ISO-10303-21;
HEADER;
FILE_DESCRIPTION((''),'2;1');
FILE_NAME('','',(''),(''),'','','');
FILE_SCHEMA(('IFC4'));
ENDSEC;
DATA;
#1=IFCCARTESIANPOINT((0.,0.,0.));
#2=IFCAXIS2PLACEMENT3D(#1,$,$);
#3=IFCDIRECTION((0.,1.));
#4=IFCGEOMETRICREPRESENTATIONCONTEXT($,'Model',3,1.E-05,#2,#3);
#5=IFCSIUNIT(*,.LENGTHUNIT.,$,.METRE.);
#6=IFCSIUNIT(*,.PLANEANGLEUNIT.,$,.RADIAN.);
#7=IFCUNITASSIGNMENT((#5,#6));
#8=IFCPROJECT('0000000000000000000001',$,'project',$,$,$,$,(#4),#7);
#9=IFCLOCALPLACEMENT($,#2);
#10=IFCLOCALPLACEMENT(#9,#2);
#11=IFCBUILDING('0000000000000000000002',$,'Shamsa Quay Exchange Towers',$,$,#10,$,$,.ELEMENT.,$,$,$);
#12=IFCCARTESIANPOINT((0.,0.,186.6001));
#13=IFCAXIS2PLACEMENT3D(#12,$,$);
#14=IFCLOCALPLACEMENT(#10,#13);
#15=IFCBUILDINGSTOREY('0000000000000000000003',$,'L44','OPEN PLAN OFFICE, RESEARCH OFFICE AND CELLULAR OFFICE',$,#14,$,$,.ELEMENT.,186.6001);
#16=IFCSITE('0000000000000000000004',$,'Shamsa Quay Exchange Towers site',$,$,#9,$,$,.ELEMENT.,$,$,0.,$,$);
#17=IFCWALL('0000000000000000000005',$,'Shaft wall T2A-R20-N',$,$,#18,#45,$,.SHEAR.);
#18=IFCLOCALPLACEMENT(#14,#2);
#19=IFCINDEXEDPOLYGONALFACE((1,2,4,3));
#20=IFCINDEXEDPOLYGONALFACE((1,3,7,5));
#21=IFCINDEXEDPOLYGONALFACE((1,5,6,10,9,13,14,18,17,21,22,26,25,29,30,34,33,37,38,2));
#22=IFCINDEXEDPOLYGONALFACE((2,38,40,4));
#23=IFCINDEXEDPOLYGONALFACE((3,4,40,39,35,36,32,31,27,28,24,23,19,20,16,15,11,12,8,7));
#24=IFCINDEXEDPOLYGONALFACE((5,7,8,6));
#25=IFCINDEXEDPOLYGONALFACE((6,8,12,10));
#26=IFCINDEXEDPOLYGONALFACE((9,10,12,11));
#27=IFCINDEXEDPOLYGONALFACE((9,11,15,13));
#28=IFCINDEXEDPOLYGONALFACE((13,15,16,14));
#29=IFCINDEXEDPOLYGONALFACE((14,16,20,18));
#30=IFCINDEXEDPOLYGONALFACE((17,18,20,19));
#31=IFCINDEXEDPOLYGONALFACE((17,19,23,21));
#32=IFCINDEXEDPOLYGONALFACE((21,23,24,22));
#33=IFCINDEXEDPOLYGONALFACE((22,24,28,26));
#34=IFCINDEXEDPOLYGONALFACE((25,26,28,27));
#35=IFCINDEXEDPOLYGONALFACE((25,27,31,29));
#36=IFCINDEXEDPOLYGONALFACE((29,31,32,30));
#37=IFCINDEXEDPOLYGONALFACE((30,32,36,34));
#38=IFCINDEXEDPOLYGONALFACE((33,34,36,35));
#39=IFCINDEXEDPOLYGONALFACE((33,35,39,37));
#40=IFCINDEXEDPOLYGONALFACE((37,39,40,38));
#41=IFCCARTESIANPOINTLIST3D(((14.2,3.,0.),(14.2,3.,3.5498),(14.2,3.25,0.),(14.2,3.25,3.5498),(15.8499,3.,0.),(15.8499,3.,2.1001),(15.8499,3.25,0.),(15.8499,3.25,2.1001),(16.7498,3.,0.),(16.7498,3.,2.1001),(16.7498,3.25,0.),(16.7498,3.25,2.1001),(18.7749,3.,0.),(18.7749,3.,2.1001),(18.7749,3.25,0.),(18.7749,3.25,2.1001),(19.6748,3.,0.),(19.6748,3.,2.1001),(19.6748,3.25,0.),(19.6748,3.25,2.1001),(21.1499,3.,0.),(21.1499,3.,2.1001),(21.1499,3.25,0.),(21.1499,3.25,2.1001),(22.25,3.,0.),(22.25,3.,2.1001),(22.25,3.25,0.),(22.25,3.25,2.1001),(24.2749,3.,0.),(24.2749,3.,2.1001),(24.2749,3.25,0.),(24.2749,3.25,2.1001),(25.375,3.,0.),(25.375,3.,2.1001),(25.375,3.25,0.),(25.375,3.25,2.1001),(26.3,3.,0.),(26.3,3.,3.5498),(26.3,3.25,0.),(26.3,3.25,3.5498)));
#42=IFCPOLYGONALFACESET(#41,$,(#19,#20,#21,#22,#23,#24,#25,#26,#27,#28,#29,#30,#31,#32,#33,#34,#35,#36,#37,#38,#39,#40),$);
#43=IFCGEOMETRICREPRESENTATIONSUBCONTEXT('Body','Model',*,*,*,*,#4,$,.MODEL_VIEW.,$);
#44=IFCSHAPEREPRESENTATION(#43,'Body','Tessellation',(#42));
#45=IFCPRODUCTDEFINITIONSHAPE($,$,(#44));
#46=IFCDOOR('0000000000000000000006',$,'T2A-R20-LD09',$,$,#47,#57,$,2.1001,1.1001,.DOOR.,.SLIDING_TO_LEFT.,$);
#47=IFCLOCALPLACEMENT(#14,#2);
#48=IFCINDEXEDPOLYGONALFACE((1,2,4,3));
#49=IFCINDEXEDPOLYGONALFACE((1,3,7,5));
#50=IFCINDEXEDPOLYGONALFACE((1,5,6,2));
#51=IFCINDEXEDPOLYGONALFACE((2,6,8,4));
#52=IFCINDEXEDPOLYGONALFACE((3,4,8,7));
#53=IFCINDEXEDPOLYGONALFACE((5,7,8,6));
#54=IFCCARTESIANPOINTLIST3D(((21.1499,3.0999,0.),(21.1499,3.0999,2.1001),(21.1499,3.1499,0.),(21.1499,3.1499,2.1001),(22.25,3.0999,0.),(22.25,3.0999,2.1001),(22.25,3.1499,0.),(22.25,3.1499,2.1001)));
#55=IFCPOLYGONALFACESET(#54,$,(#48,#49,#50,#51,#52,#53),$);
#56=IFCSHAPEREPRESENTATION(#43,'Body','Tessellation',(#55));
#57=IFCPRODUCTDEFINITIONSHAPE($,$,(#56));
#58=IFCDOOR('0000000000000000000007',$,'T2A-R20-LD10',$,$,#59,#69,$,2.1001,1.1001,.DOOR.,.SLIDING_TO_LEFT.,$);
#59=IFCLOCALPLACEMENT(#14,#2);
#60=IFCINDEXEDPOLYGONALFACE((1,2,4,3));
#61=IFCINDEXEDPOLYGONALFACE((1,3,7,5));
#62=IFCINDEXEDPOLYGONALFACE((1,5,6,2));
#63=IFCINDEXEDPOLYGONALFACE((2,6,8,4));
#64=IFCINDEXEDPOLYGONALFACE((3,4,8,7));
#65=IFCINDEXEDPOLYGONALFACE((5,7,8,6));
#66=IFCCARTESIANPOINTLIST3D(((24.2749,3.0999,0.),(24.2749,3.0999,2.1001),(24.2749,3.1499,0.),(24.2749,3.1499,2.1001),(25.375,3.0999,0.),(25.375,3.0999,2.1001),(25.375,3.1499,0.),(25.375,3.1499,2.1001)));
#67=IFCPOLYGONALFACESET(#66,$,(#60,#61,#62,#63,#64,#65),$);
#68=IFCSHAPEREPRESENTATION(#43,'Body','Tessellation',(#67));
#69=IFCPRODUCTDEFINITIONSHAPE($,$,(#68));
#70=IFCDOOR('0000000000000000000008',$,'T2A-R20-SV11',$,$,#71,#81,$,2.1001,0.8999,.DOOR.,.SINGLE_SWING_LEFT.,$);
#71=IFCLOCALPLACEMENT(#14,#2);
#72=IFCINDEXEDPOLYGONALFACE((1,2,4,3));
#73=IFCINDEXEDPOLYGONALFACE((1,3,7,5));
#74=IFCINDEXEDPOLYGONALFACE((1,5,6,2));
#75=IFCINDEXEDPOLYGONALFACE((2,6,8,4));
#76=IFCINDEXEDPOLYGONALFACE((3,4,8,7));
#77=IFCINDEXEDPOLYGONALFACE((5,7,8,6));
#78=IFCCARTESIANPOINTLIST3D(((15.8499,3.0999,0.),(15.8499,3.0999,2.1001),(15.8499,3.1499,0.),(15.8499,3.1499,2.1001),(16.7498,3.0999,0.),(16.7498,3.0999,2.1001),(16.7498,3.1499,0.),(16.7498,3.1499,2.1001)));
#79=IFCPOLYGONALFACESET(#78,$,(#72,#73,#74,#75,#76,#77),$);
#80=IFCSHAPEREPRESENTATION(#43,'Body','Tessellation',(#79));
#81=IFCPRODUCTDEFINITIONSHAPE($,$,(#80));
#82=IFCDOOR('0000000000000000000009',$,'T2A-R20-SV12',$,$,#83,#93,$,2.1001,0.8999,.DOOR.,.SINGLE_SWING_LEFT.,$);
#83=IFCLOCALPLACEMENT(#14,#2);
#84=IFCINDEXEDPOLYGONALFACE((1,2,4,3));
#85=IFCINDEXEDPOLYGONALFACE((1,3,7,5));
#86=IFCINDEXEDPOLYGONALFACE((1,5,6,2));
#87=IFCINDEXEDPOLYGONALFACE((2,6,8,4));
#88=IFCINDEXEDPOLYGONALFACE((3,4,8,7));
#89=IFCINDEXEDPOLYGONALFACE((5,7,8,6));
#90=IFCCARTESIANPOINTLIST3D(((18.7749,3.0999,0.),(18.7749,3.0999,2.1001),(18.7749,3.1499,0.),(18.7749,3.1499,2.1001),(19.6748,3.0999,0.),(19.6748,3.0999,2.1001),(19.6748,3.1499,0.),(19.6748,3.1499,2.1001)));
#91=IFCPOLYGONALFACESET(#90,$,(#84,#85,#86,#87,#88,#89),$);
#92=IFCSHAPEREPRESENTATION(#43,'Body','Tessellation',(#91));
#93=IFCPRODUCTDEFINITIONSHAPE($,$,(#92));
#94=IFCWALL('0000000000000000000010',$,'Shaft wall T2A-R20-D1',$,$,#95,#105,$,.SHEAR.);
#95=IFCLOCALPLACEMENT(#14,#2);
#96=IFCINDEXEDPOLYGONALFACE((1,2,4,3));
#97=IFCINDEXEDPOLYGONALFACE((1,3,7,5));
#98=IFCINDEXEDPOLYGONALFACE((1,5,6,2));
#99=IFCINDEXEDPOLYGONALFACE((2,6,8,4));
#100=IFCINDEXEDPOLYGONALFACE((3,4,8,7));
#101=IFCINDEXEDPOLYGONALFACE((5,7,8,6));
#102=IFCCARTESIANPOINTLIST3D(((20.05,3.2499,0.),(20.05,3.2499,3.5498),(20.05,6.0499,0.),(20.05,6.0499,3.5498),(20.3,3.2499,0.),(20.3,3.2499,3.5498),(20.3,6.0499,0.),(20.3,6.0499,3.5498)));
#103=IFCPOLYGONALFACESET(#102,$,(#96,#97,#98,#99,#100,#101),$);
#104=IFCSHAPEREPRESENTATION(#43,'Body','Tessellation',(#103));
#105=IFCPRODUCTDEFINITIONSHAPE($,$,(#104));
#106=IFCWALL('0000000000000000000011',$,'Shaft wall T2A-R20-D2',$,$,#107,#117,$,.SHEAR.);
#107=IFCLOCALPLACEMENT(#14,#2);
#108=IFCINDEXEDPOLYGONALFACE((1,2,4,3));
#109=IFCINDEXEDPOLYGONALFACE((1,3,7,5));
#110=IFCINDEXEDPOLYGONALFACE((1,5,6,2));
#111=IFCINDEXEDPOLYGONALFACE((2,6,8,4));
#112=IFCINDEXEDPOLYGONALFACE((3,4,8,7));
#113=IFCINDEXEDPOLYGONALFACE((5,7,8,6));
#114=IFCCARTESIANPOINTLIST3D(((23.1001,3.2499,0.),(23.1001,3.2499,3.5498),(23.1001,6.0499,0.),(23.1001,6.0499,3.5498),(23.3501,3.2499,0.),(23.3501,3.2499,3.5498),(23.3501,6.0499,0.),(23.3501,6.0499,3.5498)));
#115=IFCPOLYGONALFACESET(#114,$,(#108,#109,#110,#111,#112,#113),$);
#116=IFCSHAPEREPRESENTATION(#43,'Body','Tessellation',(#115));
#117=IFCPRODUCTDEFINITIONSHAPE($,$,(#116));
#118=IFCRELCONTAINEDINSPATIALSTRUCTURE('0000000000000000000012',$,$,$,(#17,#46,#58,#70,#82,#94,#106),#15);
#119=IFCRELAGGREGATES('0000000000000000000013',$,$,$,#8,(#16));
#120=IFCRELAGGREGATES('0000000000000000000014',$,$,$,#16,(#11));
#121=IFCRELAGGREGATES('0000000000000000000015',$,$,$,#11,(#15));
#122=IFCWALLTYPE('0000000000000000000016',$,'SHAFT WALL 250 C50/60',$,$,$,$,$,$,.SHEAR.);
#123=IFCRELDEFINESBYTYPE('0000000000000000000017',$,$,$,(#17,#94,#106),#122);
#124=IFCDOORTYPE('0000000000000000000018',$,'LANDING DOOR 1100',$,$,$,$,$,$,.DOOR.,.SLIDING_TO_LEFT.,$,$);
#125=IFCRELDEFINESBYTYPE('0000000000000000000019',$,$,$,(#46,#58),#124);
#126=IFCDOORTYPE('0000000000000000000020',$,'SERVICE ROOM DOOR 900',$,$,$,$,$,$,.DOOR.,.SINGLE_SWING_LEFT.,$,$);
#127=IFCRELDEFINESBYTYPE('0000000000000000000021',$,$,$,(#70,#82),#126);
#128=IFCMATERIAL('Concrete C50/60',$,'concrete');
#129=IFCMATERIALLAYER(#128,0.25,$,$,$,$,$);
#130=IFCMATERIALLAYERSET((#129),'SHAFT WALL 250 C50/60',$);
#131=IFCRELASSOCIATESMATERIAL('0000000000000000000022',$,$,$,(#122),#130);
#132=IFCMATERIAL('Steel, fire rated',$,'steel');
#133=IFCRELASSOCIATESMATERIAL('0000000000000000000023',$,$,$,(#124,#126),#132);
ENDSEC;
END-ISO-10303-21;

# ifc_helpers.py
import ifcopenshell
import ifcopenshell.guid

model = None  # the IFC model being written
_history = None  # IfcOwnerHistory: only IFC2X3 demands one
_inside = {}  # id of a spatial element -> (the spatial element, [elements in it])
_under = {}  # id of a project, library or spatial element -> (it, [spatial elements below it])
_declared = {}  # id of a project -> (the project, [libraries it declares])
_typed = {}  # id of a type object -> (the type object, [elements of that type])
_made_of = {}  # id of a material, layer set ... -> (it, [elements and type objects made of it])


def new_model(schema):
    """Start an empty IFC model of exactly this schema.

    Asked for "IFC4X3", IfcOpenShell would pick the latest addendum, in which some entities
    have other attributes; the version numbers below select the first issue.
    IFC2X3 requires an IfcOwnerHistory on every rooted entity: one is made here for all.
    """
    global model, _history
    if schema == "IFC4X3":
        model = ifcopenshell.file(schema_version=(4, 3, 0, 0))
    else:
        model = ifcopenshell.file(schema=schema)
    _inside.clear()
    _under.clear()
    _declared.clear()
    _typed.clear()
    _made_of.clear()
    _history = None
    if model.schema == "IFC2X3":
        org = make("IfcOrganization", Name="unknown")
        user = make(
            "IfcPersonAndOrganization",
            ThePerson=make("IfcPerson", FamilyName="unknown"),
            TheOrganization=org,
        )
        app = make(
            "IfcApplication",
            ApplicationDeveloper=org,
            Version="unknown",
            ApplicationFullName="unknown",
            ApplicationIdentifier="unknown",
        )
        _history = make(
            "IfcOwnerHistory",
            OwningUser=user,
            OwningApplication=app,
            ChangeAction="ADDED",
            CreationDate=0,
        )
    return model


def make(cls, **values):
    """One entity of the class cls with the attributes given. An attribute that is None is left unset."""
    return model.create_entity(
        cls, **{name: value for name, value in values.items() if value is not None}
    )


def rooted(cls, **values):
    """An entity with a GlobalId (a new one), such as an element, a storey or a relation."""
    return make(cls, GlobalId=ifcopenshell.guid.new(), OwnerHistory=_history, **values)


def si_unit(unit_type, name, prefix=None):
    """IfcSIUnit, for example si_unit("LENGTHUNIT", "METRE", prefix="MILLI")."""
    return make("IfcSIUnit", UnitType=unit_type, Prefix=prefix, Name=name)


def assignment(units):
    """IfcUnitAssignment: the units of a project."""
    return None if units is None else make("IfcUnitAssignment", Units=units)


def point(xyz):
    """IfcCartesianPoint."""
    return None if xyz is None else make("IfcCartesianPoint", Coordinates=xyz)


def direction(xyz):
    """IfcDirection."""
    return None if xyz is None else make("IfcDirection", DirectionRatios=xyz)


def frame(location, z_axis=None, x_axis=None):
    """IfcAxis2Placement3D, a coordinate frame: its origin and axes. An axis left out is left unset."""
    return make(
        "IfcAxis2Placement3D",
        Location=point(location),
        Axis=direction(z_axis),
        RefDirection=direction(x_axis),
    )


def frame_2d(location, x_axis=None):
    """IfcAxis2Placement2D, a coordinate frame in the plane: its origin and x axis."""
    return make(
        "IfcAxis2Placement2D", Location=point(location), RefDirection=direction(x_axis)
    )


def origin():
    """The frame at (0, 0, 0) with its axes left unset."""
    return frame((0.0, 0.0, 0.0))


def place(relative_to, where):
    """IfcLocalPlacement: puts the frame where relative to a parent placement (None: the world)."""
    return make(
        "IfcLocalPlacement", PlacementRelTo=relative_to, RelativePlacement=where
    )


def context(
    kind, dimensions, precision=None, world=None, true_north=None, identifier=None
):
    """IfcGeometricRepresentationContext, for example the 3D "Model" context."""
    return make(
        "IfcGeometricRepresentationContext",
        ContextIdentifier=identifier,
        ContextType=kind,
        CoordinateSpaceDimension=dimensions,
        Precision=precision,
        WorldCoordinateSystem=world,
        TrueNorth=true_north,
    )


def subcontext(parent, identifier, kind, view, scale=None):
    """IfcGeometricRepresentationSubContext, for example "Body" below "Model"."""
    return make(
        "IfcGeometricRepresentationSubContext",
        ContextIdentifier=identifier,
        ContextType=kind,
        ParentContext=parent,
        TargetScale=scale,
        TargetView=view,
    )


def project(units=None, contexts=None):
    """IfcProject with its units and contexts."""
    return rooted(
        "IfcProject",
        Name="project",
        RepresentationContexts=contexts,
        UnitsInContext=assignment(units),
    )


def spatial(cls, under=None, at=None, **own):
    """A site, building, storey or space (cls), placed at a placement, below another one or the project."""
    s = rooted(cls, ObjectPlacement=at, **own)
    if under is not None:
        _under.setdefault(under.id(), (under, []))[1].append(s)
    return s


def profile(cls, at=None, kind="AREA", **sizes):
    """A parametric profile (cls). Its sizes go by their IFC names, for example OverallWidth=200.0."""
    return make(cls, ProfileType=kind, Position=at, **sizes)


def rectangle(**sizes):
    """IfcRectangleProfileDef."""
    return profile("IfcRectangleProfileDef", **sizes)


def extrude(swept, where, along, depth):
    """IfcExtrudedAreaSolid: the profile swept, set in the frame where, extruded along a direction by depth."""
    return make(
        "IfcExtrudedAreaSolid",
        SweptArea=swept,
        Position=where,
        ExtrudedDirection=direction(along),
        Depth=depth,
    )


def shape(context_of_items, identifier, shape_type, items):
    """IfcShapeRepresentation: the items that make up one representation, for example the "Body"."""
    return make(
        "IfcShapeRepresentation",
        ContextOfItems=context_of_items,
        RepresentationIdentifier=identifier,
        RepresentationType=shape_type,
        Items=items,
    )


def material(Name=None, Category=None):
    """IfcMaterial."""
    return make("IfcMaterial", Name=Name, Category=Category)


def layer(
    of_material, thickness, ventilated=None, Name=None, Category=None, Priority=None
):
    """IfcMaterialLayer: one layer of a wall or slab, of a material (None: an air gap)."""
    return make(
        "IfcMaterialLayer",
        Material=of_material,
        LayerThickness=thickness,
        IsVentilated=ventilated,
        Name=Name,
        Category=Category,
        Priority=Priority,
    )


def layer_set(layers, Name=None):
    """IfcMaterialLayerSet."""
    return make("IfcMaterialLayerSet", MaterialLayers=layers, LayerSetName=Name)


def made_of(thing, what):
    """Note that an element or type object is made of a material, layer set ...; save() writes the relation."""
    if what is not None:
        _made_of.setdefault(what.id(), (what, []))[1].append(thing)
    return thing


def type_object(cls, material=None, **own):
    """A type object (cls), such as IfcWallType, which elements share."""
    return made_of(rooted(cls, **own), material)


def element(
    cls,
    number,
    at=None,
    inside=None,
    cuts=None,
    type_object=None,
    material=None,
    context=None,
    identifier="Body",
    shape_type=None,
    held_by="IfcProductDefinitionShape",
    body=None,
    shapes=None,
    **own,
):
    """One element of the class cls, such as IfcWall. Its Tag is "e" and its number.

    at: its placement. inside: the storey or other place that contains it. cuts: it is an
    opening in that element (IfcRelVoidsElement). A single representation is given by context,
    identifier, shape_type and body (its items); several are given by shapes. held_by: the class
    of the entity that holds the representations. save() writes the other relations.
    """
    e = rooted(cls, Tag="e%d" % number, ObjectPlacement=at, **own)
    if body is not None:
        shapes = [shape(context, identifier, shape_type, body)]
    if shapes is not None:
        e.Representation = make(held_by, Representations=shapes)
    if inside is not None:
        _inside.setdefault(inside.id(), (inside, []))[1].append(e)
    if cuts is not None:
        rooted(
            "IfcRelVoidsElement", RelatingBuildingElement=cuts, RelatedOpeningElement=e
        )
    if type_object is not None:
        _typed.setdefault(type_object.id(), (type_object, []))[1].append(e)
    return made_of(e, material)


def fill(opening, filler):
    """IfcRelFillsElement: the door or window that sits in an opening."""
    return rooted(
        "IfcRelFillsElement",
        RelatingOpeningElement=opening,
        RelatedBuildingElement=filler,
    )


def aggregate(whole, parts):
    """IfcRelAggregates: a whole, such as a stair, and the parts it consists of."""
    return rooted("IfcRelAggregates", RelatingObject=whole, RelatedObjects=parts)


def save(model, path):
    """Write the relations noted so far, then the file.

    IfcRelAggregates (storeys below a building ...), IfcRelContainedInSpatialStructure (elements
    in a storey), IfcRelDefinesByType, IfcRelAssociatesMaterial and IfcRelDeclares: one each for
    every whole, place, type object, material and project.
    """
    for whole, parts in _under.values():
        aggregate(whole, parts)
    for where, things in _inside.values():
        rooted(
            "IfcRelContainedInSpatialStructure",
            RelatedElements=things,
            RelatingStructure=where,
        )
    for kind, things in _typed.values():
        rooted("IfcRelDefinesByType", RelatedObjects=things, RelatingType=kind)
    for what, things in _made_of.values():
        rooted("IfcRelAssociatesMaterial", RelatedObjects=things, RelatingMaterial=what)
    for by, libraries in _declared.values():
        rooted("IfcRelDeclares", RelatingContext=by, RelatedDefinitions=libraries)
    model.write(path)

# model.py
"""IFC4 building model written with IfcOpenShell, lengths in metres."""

from ifc_helpers import new_model, si_unit, direction, frame, frame_2d, origin, place, context, subcontext, project, spatial, rectangle, extrude, material, layer, layer_set, type_object, element, fill, save


model = new_model("IFC4")

# Units and contexts
model_context = context("Model", 3, precision=1e-05, world=origin(), true_north=direction((0.0, 1.0)))
body_context = subcontext(model_context, "Body", "Model", "MODEL_VIEW")
ifc_project = project(units=[si_unit("LENGTHUNIT", "METRE"), si_unit("PLANEANGLEUNIT", "RADIAN")], contexts=[model_context])

# Site, building, storey
site_placement = place(None, origin())
site = spatial("IfcSite", under=ifc_project, at=site_placement, Name="Shamsa Quay Exchange Towers site", CompositionType="ELEMENT", RefElevation=0.0)
building_placement = place(site_placement, origin())
building = spatial("IfcBuilding", under=site, at=building_placement, Name="Shamsa Quay Exchange Towers", CompositionType="ELEMENT")
storey_placement = place(building_placement, frame((0.0, 0.0, 186.6001)))
storey = spatial("IfcBuildingStorey", under=building, at=storey_placement, Name="L44", Description="OPEN PLAN OFFICE, RESEARCH OFFICE AND CELLULAR OFFICE", CompositionType="ELEMENT", Elevation=186.6001)

# Shared definitions
ifc_material_1 = material(Name="Concrete C50/60", Category="concrete")

# Shared definitions
ifc_material_2 = material(Name="Steel, fire rated", Category="steel")

# Wall, openings, doors
ifc_layer_1 = layer(ifc_material_1, 0.25)
ifc_layer_set_1 = layer_set([ifc_layer_1], Name="SHAFT WALL 250 C50/60")
wall_type_1 = type_object("IfcWallType", Name="SHAFT WALL 250 C50/60", PredefinedType="SHEAR", material=ifc_layer_set_1)
wall_1_placement = place(storey_placement, frame((14.2, 3.125, 0.0)))
wall_1 = element("IfcWall", 1, at=wall_1_placement, inside=storey, type_object=wall_type_1, Name="Shaft wall T2A-R20-N", PredefinedType="SHEAR", context=body_context, shape_type="SweptSolid", body=[
    extrude(rectangle(XDim=12.1001, YDim=0.25, at=frame_2d((6.05, 0.0))), origin(), (0.0, 0.0, 1.0), 3.5498),
])
opening_1_placement = place(wall_1_placement, frame((6.95, 0.0, 0.0)))
opening_1 = element("IfcOpeningElement", 2, at=opening_1_placement, cuts=wall_1, PredefinedType="OPENING", context=body_context, shape_type="SweptSolid", body=[
    extrude(rectangle(XDim=1.1001, YDim=2.1001, at=frame_2d((0.55, 1.05))), frame((0.0, 0.135, 0.0), z_axis=(0.0, -1.0, 0.0), x_axis=(1.0, 0.0, 0.0)), (0.0, 0.0, 1.0), 0.27),
])
opening_2_placement = place(wall_1_placement, frame((10.075, 0.0, 0.0)))
opening_2 = element("IfcOpeningElement", 3, at=opening_2_placement, cuts=wall_1, PredefinedType="OPENING", context=body_context, shape_type="SweptSolid", body=[
    extrude(rectangle(XDim=1.1001, YDim=2.1001, at=frame_2d((0.55, 1.05))), frame((0.0, 0.135, 0.0), z_axis=(0.0, -1.0, 0.0), x_axis=(1.0, 0.0, 0.0)), (0.0, 0.0, 1.0), 0.27),
])
opening_3_placement = place(wall_1_placement, frame((1.6499, 0.0, 0.0)))
opening_3 = element("IfcOpeningElement", 4, at=opening_3_placement, cuts=wall_1, PredefinedType="OPENING", context=body_context, shape_type="SweptSolid", body=[
    extrude(rectangle(XDim=0.8999, YDim=2.1001, at=frame_2d((0.45, 1.05))), frame((0.0, 0.135, 0.0), z_axis=(0.0, -1.0, 0.0), x_axis=(1.0, 0.0, 0.0)), (0.0, 0.0, 1.0), 0.27),
])
opening_4_placement = place(wall_1_placement, frame((4.575, 0.0, 0.0)))
opening_4 = element("IfcOpeningElement", 5, at=opening_4_placement, cuts=wall_1, PredefinedType="OPENING", context=body_context, shape_type="SweptSolid", body=[
    extrude(rectangle(XDim=0.8999, YDim=2.1001, at=frame_2d((0.45, 1.05))), frame((0.0, 0.135, 0.0), z_axis=(0.0, -1.0, 0.0), x_axis=(1.0, 0.0, 0.0)), (0.0, 0.0, 1.0), 0.27),
])
door_type_1 = type_object("IfcDoorType", Name="LANDING DOOR 1100", OperationType="SLIDING_TO_LEFT", PredefinedType="DOOR", material=ifc_material_2)
door_1_placement = place(opening_1_placement, origin())
door_1 = element("IfcDoor", 6, at=door_1_placement, inside=storey, type_object=door_type_1, Name="T2A-R20-LD09", OperationType="SLIDING_TO_LEFT", OverallHeight=2.1001, OverallWidth=1.1001, PredefinedType="DOOR", context=body_context, shape_type="SweptSolid", body=[
    extrude(rectangle(XDim=1.1001, YDim=2.1001, at=frame_2d((0.55, 1.05))), frame((0.0, 0.0249, 0.0), z_axis=(0.0, -1.0, 0.0), x_axis=(1.0, 0.0, 0.0)), (0.0, 0.0, 1.0), 0.05),
])
fill(opening_1, door_1)
door_2_placement = place(opening_2_placement, origin())
door_2 = element("IfcDoor", 7, at=door_2_placement, inside=storey, type_object=door_type_1, Name="T2A-R20-LD10", OperationType="SLIDING_TO_LEFT", OverallHeight=2.1001, OverallWidth=1.1001, PredefinedType="DOOR", context=body_context, shape_type="SweptSolid", body=[
    extrude(rectangle(XDim=1.1001, YDim=2.1001, at=frame_2d((0.55, 1.05))), frame((0.0, 0.0249, 0.0), z_axis=(0.0, -1.0, 0.0), x_axis=(1.0, 0.0, 0.0)), (0.0, 0.0, 1.0), 0.05),
])
fill(opening_2, door_2)
door_type_2 = type_object("IfcDoorType", Name="SERVICE ROOM DOOR 900", OperationType="SINGLE_SWING_LEFT", PredefinedType="DOOR", material=ifc_material_2)
door_3_placement = place(opening_3_placement, origin())
door_3 = element("IfcDoor", 8, at=door_3_placement, inside=storey, type_object=door_type_2, Name="T2A-R20-SV11", OperationType="SINGLE_SWING_LEFT", OverallHeight=2.1001, OverallWidth=0.8999, PredefinedType="DOOR", context=body_context, shape_type="SweptSolid", body=[
    extrude(rectangle(XDim=0.8999, YDim=2.1001, at=frame_2d((0.45, 1.05))), frame((0.0, 0.0249, 0.0), z_axis=(0.0, -1.0, 0.0), x_axis=(1.0, 0.0, 0.0)), (0.0, 0.0, 1.0), 0.05),
])
fill(opening_3, door_3)
door_4_placement = place(opening_4_placement, origin())
door_4 = element("IfcDoor", 9, at=door_4_placement, inside=storey, type_object=door_type_2, Name="T2A-R20-SV12", OperationType="SINGLE_SWING_LEFT", OverallHeight=2.1001, OverallWidth=0.8999, PredefinedType="DOOR", context=body_context, shape_type="SweptSolid", body=[
    extrude(rectangle(XDim=0.8999, YDim=2.1001, at=frame_2d((0.45, 1.05))), frame((0.0, 0.0249, 0.0), z_axis=(0.0, -1.0, 0.0), x_axis=(1.0, 0.0, 0.0)), (0.0, 0.0, 1.0), 0.05),
])
fill(opening_4, door_4)

# Walls
for number, where, z_axis, x_axis, name in (
    (10, (20.175, 3.25, 0.0), (0.0, 0.0, 1.0), (0.0, 1.0, 0.0), "Shaft wall T2A-R20-D1"),
    (11, (23.2251, 3.25, 0.0), (0.0, 0.0, 1.0), (0.0, 1.0, 0.0), "Shaft wall T2A-R20-D2"),
):
    element("IfcWall", number, at=place(storey_placement, frame(where, z_axis=z_axis, x_axis=x_axis)), inside=storey, type_object=wall_type_1, Name=name, PredefinedType="SHEAR", context=body_context, shape_type="SweptSolid", body=[
        extrude(rectangle(XDim=2.8, YDim=0.25, at=frame_2d((1.3999, 0.0))), origin(), (0.0, 0.0, 1.0), 3.5498),
    ])

save(model, "model.ifc")
